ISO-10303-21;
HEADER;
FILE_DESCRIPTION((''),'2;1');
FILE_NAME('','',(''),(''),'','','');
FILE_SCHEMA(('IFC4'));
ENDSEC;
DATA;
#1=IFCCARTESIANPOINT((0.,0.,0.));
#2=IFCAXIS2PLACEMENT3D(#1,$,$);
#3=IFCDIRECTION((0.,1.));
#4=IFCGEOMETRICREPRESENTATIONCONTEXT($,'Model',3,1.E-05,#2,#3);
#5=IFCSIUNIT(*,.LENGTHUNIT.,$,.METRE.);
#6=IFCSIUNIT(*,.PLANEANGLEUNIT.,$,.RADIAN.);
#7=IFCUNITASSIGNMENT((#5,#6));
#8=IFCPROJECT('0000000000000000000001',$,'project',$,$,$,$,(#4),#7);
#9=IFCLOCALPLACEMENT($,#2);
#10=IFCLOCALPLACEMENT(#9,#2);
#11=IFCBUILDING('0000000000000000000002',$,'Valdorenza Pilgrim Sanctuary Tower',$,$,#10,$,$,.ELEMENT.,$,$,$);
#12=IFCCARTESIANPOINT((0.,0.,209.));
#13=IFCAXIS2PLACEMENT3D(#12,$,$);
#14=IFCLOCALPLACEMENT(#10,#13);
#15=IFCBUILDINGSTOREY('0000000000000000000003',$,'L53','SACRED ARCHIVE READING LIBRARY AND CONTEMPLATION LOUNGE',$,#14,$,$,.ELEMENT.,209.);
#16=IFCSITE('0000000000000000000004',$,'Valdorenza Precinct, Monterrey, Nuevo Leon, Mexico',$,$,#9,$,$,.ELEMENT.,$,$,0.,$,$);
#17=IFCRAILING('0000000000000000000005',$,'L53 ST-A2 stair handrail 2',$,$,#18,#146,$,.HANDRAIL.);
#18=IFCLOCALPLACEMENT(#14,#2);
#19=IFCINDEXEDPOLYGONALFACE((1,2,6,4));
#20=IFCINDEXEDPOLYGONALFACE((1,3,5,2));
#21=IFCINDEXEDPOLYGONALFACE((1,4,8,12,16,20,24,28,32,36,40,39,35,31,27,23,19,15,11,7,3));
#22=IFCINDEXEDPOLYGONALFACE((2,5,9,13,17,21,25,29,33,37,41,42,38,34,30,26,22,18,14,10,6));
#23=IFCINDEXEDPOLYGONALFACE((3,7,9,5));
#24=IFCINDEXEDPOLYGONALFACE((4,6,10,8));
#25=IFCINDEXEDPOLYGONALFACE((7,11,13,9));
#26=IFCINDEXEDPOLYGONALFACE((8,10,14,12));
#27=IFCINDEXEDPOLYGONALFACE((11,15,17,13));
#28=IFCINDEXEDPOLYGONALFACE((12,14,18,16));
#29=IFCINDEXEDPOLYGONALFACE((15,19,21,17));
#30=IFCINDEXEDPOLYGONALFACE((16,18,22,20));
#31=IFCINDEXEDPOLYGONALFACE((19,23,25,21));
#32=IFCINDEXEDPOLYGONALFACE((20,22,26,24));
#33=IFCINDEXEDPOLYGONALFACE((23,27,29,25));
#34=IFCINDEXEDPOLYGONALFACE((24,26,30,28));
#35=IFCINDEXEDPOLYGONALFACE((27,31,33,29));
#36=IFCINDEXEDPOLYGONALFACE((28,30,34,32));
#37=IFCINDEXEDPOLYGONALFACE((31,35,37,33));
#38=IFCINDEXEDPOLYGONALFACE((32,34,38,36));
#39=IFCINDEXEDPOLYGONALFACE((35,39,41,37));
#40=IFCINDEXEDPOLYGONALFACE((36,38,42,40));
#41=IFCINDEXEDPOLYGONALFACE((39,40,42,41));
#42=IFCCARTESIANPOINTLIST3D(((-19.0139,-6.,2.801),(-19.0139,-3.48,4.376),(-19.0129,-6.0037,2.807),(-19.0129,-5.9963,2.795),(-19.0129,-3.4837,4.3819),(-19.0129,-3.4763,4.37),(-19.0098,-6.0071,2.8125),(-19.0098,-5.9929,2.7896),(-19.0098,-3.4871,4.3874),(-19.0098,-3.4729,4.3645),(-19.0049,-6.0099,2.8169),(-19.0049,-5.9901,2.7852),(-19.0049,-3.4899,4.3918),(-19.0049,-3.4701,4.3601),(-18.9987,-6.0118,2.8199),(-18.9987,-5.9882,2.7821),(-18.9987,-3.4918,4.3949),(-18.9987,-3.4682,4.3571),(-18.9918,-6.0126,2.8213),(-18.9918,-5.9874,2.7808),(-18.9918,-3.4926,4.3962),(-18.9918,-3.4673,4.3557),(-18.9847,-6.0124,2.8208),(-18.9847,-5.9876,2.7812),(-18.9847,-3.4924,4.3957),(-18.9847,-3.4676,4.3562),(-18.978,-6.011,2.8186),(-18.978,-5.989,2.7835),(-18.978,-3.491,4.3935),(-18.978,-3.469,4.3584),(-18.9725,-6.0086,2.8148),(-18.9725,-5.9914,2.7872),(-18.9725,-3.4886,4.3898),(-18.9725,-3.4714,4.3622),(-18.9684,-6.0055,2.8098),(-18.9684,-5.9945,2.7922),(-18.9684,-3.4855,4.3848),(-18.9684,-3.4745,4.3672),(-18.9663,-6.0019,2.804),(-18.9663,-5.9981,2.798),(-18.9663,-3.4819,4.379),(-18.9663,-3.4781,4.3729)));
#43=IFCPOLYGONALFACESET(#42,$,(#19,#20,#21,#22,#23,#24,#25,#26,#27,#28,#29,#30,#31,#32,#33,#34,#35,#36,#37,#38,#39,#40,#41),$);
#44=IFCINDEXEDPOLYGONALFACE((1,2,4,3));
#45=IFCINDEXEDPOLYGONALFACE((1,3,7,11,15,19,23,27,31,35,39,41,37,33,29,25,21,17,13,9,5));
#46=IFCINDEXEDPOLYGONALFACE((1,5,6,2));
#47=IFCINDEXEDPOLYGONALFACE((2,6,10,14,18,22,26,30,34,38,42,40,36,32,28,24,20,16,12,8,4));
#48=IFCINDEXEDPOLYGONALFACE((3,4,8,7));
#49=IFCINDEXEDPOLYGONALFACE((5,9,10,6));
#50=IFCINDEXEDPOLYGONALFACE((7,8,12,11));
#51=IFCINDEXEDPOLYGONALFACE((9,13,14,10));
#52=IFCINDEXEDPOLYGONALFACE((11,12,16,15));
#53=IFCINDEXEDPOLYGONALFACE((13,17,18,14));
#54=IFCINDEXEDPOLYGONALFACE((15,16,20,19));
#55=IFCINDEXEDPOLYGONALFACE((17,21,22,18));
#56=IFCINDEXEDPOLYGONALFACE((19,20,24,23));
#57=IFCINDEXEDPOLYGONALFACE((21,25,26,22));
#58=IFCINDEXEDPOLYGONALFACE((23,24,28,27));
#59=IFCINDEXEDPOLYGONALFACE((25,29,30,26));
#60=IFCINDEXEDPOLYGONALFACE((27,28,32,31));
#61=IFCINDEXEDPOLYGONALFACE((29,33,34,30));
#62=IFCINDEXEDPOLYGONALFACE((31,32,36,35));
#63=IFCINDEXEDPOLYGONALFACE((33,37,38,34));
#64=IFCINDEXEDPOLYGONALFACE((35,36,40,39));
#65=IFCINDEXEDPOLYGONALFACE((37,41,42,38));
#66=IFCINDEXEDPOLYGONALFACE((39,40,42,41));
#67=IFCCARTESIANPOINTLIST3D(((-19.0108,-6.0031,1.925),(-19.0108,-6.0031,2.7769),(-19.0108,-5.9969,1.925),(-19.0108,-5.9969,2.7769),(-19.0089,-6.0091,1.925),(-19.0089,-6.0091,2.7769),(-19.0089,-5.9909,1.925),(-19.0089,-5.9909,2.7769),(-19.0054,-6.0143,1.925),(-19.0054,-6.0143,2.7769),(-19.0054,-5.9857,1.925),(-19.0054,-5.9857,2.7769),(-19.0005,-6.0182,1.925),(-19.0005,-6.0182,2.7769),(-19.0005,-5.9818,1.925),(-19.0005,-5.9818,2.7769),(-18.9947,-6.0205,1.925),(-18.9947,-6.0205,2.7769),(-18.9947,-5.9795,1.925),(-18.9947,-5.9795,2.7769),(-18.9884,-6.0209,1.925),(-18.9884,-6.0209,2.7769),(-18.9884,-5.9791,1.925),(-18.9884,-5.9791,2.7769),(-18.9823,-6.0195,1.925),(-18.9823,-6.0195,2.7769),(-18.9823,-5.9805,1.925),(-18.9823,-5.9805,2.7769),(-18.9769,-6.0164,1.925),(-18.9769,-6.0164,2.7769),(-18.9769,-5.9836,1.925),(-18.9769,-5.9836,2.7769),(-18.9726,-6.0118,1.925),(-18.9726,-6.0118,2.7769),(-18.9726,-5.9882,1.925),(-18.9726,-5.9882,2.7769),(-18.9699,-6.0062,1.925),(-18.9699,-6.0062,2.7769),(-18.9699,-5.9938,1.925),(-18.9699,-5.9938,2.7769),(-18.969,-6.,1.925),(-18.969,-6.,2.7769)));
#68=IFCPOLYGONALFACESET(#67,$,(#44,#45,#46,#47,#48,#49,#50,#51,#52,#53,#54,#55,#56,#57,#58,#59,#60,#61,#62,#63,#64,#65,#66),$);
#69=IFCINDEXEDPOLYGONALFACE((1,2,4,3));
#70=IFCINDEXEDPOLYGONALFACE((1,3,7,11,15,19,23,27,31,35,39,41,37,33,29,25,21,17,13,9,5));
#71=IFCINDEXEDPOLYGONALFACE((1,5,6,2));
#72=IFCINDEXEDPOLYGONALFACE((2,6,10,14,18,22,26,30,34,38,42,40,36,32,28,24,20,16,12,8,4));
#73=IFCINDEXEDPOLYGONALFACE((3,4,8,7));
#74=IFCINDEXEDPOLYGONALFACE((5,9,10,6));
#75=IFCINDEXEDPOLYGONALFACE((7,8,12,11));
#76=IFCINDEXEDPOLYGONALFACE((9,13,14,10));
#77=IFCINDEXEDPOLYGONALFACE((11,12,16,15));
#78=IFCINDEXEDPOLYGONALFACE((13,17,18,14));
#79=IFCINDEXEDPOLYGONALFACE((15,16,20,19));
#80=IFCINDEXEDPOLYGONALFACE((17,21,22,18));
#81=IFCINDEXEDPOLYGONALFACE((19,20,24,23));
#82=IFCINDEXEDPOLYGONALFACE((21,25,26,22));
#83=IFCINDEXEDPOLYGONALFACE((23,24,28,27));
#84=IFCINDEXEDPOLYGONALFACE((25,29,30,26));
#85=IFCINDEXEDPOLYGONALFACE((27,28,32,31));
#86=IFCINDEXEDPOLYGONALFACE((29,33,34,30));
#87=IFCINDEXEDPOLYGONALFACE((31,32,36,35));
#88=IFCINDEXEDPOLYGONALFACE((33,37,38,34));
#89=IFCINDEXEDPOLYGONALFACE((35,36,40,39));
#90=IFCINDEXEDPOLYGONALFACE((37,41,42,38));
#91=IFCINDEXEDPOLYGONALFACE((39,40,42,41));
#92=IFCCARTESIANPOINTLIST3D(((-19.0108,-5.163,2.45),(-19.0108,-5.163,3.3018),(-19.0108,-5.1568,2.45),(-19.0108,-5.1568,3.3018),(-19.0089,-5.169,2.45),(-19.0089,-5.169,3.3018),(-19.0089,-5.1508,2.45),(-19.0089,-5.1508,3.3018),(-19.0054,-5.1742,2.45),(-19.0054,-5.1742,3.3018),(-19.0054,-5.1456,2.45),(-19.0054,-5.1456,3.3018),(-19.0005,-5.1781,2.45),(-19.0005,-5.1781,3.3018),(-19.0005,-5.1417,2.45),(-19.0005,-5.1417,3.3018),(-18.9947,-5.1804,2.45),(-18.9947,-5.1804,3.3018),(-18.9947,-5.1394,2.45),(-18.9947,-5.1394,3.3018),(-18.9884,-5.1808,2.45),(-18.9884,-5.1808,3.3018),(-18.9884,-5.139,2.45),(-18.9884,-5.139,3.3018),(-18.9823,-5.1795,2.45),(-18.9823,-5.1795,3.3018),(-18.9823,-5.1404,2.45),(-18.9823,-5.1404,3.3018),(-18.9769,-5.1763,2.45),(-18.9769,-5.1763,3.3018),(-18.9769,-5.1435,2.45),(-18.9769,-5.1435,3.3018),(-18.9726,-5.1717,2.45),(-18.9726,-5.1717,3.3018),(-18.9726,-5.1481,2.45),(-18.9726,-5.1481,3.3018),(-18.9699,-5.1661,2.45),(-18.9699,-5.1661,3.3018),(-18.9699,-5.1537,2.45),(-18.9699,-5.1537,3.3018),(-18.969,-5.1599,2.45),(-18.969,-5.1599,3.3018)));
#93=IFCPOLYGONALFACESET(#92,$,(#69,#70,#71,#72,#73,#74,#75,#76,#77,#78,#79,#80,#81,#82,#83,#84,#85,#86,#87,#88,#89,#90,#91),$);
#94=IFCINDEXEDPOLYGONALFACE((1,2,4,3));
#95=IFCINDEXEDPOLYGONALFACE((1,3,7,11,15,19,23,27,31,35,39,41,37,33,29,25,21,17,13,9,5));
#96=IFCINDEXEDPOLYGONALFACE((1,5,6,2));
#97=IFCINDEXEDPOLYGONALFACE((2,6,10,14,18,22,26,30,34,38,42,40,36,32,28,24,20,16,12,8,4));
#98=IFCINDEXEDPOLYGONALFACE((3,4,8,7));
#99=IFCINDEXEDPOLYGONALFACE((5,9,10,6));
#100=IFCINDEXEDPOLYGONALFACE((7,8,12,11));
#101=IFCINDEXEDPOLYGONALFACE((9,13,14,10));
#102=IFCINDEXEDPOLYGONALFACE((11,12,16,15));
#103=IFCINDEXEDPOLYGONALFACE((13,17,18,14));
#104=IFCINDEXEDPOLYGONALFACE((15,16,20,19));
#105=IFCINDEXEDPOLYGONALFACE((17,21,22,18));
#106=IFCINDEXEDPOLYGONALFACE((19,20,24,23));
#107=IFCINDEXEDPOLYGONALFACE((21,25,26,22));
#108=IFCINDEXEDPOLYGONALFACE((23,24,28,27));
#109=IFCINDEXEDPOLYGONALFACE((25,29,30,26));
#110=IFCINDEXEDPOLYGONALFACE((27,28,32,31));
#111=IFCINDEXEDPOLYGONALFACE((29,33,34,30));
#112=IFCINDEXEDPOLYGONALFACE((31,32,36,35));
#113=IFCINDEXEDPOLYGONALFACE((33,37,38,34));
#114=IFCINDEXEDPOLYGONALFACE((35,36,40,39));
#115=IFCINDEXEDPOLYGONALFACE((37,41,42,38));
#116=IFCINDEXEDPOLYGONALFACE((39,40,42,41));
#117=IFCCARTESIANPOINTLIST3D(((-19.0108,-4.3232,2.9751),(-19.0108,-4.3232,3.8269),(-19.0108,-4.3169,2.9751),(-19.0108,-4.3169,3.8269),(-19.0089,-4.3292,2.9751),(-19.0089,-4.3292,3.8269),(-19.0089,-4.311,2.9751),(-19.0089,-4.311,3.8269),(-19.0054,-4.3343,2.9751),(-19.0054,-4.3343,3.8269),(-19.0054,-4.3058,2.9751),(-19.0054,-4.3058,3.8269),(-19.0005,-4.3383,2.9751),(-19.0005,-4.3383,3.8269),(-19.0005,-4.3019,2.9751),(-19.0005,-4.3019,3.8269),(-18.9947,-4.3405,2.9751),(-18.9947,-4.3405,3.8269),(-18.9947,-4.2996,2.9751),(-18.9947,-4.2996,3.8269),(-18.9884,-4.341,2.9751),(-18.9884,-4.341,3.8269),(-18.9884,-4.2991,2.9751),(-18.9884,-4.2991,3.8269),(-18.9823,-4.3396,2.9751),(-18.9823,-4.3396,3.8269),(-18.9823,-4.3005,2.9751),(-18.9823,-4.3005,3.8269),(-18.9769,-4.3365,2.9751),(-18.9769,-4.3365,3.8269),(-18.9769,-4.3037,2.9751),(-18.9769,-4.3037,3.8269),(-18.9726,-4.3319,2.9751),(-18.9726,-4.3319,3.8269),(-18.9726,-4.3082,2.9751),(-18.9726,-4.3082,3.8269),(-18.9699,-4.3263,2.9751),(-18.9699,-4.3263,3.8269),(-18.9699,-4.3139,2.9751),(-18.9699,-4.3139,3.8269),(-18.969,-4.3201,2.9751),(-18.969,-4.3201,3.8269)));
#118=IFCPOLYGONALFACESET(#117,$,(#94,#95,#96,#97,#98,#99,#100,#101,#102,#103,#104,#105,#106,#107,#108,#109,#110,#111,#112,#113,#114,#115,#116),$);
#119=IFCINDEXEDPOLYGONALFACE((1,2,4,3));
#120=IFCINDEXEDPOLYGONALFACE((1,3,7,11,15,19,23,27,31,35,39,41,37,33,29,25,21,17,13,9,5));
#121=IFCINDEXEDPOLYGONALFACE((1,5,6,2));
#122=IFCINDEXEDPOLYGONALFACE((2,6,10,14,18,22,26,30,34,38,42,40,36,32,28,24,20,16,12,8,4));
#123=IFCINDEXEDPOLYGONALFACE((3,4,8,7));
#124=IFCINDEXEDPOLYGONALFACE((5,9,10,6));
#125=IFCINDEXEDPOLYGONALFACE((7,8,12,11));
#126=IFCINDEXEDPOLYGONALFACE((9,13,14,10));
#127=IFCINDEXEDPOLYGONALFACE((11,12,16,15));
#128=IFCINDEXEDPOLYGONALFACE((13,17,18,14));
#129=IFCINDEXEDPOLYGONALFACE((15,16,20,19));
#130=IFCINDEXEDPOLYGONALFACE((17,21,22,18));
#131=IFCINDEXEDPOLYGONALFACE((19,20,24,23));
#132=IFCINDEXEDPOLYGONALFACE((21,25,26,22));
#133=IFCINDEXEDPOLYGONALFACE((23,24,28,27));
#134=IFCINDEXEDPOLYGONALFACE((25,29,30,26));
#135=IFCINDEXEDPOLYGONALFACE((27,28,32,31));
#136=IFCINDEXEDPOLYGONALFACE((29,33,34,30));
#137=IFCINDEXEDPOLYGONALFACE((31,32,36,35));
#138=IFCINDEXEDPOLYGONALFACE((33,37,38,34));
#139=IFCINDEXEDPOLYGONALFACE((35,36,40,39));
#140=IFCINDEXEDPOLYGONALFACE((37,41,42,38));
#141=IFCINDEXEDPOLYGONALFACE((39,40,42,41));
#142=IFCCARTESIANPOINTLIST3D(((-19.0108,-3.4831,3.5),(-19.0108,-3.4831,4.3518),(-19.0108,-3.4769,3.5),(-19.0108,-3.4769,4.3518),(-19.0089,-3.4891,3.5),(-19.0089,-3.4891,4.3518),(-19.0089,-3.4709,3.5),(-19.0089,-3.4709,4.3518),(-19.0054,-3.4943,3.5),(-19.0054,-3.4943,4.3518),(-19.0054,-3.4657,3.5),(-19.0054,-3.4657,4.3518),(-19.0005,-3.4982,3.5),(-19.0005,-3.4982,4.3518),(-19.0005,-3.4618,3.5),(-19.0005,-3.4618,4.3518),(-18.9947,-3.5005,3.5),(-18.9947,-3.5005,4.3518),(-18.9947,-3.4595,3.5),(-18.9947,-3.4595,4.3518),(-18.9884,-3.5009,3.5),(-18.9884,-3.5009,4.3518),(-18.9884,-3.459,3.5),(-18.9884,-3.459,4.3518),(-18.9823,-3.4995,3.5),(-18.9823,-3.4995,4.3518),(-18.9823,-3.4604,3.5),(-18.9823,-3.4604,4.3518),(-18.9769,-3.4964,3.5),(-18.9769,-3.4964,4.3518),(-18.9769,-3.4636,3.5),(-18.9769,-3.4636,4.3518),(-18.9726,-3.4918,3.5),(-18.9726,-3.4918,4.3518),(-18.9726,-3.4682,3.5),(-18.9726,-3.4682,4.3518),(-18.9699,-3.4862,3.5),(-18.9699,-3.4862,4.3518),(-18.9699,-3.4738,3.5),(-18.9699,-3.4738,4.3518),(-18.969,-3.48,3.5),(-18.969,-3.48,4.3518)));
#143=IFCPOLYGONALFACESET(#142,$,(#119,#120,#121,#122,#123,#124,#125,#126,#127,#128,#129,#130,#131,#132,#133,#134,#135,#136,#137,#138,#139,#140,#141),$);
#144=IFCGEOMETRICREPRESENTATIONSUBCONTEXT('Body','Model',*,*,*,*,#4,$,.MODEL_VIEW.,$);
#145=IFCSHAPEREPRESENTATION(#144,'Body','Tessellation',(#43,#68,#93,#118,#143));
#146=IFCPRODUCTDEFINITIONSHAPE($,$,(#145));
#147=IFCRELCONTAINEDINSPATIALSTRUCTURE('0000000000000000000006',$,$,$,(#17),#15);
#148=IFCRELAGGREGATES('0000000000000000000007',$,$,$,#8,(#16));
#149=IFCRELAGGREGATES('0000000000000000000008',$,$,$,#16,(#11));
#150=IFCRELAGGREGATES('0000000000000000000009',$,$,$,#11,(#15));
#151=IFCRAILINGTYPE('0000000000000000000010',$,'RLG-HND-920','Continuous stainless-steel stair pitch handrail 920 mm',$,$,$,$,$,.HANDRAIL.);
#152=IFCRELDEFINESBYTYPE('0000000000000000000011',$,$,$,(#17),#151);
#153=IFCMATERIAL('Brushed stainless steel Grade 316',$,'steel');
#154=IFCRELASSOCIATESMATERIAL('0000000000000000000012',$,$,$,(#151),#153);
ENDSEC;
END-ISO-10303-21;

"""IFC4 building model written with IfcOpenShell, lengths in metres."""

from ifc_helpers import new_model, si_unit, direction, frame, origin, origin_2d, place, context, subcontext, project, spatial, circle, extrude, material, type_object, element, save


model = new_model("IFC4")

# Units and contexts
model_context = context("Model", 3, precision=1e-05, world=origin(), true_north=direction((0.0, 1.0)))
body_context = subcontext(model_context, "Body", "Model", "MODEL_VIEW")
ifc_project = project(units=[si_unit("LENGTHUNIT", "METRE"), si_unit("PLANEANGLEUNIT", "RADIAN")], contexts=[model_context])

# Site, building, storey
site_placement = place(None, origin())
site = spatial("IfcSite", under=ifc_project, at=site_placement, Name="Valdorenza Precinct, Monterrey, Nuevo Leon, Mexico", CompositionType="ELEMENT", RefElevation=0.0)
building_placement = place(site_placement, origin())
building = spatial("IfcBuilding", under=site, at=building_placement, Name="Valdorenza Pilgrim Sanctuary Tower", CompositionType="ELEMENT")
storey_placement = place(building_placement, frame((0.0, 0.0, 209.0)))
storey = spatial("IfcBuildingStorey", under=building, at=storey_placement, Name="L53", Description="SACRED ARCHIVE READING LIBRARY AND CONTEMPLATION LOUNGE", CompositionType="ELEMENT", Elevation=209.0)

# Shared definitions
ifc_material_1 = material(Name="Brushed stainless steel Grade 316", Category="steel")

# Railing
railing_type = type_object("IfcRailingType", Name="RLG-HND-920", Description="Continuous stainless-steel stair pitch handrail 920 mm", PredefinedType="HANDRAIL", material=ifc_material_1)
railing_placement = place(storey_placement, frame((-18.99, -6.0, 1.925)))
element("IfcRailing", 1, at=railing_placement, inside=storey, type_object=railing_type, Name="L53 ST-A2 stair handrail 2", PredefinedType="HANDRAIL", context=body_context, shape_type="SweptSolid", body=[
    extrude(circle(Radius=0.0239, at=origin_2d()), frame((0.0, 0.0, 0.876), z_axis=(0.0, 0.848008, 0.529984), x_axis=(-1.0, 0.0, 0.0)), (0.0, 0.0, 1.0), 2.9717),
    extrude(circle(Radius=0.021, at=origin_2d()), origin(), (0.0, 0.0, 1.0), 0.8518),
    extrude(circle(Radius=0.021, at=origin_2d()), frame((0.0, 0.8401, 0.5249)), (0.0, 0.0, 1.0), 0.8518),
    extrude(circle(Radius=0.021, at=origin_2d()), frame((0.0, 1.6799, 1.05)), (0.0, 0.0, 1.0), 0.8518),
    extrude(circle(Radius=0.021, at=origin_2d()), frame((0.0, 2.52, 1.575)), (0.0, 0.0, 1.0), 0.8518),
])

save(model, "model.ifc")
